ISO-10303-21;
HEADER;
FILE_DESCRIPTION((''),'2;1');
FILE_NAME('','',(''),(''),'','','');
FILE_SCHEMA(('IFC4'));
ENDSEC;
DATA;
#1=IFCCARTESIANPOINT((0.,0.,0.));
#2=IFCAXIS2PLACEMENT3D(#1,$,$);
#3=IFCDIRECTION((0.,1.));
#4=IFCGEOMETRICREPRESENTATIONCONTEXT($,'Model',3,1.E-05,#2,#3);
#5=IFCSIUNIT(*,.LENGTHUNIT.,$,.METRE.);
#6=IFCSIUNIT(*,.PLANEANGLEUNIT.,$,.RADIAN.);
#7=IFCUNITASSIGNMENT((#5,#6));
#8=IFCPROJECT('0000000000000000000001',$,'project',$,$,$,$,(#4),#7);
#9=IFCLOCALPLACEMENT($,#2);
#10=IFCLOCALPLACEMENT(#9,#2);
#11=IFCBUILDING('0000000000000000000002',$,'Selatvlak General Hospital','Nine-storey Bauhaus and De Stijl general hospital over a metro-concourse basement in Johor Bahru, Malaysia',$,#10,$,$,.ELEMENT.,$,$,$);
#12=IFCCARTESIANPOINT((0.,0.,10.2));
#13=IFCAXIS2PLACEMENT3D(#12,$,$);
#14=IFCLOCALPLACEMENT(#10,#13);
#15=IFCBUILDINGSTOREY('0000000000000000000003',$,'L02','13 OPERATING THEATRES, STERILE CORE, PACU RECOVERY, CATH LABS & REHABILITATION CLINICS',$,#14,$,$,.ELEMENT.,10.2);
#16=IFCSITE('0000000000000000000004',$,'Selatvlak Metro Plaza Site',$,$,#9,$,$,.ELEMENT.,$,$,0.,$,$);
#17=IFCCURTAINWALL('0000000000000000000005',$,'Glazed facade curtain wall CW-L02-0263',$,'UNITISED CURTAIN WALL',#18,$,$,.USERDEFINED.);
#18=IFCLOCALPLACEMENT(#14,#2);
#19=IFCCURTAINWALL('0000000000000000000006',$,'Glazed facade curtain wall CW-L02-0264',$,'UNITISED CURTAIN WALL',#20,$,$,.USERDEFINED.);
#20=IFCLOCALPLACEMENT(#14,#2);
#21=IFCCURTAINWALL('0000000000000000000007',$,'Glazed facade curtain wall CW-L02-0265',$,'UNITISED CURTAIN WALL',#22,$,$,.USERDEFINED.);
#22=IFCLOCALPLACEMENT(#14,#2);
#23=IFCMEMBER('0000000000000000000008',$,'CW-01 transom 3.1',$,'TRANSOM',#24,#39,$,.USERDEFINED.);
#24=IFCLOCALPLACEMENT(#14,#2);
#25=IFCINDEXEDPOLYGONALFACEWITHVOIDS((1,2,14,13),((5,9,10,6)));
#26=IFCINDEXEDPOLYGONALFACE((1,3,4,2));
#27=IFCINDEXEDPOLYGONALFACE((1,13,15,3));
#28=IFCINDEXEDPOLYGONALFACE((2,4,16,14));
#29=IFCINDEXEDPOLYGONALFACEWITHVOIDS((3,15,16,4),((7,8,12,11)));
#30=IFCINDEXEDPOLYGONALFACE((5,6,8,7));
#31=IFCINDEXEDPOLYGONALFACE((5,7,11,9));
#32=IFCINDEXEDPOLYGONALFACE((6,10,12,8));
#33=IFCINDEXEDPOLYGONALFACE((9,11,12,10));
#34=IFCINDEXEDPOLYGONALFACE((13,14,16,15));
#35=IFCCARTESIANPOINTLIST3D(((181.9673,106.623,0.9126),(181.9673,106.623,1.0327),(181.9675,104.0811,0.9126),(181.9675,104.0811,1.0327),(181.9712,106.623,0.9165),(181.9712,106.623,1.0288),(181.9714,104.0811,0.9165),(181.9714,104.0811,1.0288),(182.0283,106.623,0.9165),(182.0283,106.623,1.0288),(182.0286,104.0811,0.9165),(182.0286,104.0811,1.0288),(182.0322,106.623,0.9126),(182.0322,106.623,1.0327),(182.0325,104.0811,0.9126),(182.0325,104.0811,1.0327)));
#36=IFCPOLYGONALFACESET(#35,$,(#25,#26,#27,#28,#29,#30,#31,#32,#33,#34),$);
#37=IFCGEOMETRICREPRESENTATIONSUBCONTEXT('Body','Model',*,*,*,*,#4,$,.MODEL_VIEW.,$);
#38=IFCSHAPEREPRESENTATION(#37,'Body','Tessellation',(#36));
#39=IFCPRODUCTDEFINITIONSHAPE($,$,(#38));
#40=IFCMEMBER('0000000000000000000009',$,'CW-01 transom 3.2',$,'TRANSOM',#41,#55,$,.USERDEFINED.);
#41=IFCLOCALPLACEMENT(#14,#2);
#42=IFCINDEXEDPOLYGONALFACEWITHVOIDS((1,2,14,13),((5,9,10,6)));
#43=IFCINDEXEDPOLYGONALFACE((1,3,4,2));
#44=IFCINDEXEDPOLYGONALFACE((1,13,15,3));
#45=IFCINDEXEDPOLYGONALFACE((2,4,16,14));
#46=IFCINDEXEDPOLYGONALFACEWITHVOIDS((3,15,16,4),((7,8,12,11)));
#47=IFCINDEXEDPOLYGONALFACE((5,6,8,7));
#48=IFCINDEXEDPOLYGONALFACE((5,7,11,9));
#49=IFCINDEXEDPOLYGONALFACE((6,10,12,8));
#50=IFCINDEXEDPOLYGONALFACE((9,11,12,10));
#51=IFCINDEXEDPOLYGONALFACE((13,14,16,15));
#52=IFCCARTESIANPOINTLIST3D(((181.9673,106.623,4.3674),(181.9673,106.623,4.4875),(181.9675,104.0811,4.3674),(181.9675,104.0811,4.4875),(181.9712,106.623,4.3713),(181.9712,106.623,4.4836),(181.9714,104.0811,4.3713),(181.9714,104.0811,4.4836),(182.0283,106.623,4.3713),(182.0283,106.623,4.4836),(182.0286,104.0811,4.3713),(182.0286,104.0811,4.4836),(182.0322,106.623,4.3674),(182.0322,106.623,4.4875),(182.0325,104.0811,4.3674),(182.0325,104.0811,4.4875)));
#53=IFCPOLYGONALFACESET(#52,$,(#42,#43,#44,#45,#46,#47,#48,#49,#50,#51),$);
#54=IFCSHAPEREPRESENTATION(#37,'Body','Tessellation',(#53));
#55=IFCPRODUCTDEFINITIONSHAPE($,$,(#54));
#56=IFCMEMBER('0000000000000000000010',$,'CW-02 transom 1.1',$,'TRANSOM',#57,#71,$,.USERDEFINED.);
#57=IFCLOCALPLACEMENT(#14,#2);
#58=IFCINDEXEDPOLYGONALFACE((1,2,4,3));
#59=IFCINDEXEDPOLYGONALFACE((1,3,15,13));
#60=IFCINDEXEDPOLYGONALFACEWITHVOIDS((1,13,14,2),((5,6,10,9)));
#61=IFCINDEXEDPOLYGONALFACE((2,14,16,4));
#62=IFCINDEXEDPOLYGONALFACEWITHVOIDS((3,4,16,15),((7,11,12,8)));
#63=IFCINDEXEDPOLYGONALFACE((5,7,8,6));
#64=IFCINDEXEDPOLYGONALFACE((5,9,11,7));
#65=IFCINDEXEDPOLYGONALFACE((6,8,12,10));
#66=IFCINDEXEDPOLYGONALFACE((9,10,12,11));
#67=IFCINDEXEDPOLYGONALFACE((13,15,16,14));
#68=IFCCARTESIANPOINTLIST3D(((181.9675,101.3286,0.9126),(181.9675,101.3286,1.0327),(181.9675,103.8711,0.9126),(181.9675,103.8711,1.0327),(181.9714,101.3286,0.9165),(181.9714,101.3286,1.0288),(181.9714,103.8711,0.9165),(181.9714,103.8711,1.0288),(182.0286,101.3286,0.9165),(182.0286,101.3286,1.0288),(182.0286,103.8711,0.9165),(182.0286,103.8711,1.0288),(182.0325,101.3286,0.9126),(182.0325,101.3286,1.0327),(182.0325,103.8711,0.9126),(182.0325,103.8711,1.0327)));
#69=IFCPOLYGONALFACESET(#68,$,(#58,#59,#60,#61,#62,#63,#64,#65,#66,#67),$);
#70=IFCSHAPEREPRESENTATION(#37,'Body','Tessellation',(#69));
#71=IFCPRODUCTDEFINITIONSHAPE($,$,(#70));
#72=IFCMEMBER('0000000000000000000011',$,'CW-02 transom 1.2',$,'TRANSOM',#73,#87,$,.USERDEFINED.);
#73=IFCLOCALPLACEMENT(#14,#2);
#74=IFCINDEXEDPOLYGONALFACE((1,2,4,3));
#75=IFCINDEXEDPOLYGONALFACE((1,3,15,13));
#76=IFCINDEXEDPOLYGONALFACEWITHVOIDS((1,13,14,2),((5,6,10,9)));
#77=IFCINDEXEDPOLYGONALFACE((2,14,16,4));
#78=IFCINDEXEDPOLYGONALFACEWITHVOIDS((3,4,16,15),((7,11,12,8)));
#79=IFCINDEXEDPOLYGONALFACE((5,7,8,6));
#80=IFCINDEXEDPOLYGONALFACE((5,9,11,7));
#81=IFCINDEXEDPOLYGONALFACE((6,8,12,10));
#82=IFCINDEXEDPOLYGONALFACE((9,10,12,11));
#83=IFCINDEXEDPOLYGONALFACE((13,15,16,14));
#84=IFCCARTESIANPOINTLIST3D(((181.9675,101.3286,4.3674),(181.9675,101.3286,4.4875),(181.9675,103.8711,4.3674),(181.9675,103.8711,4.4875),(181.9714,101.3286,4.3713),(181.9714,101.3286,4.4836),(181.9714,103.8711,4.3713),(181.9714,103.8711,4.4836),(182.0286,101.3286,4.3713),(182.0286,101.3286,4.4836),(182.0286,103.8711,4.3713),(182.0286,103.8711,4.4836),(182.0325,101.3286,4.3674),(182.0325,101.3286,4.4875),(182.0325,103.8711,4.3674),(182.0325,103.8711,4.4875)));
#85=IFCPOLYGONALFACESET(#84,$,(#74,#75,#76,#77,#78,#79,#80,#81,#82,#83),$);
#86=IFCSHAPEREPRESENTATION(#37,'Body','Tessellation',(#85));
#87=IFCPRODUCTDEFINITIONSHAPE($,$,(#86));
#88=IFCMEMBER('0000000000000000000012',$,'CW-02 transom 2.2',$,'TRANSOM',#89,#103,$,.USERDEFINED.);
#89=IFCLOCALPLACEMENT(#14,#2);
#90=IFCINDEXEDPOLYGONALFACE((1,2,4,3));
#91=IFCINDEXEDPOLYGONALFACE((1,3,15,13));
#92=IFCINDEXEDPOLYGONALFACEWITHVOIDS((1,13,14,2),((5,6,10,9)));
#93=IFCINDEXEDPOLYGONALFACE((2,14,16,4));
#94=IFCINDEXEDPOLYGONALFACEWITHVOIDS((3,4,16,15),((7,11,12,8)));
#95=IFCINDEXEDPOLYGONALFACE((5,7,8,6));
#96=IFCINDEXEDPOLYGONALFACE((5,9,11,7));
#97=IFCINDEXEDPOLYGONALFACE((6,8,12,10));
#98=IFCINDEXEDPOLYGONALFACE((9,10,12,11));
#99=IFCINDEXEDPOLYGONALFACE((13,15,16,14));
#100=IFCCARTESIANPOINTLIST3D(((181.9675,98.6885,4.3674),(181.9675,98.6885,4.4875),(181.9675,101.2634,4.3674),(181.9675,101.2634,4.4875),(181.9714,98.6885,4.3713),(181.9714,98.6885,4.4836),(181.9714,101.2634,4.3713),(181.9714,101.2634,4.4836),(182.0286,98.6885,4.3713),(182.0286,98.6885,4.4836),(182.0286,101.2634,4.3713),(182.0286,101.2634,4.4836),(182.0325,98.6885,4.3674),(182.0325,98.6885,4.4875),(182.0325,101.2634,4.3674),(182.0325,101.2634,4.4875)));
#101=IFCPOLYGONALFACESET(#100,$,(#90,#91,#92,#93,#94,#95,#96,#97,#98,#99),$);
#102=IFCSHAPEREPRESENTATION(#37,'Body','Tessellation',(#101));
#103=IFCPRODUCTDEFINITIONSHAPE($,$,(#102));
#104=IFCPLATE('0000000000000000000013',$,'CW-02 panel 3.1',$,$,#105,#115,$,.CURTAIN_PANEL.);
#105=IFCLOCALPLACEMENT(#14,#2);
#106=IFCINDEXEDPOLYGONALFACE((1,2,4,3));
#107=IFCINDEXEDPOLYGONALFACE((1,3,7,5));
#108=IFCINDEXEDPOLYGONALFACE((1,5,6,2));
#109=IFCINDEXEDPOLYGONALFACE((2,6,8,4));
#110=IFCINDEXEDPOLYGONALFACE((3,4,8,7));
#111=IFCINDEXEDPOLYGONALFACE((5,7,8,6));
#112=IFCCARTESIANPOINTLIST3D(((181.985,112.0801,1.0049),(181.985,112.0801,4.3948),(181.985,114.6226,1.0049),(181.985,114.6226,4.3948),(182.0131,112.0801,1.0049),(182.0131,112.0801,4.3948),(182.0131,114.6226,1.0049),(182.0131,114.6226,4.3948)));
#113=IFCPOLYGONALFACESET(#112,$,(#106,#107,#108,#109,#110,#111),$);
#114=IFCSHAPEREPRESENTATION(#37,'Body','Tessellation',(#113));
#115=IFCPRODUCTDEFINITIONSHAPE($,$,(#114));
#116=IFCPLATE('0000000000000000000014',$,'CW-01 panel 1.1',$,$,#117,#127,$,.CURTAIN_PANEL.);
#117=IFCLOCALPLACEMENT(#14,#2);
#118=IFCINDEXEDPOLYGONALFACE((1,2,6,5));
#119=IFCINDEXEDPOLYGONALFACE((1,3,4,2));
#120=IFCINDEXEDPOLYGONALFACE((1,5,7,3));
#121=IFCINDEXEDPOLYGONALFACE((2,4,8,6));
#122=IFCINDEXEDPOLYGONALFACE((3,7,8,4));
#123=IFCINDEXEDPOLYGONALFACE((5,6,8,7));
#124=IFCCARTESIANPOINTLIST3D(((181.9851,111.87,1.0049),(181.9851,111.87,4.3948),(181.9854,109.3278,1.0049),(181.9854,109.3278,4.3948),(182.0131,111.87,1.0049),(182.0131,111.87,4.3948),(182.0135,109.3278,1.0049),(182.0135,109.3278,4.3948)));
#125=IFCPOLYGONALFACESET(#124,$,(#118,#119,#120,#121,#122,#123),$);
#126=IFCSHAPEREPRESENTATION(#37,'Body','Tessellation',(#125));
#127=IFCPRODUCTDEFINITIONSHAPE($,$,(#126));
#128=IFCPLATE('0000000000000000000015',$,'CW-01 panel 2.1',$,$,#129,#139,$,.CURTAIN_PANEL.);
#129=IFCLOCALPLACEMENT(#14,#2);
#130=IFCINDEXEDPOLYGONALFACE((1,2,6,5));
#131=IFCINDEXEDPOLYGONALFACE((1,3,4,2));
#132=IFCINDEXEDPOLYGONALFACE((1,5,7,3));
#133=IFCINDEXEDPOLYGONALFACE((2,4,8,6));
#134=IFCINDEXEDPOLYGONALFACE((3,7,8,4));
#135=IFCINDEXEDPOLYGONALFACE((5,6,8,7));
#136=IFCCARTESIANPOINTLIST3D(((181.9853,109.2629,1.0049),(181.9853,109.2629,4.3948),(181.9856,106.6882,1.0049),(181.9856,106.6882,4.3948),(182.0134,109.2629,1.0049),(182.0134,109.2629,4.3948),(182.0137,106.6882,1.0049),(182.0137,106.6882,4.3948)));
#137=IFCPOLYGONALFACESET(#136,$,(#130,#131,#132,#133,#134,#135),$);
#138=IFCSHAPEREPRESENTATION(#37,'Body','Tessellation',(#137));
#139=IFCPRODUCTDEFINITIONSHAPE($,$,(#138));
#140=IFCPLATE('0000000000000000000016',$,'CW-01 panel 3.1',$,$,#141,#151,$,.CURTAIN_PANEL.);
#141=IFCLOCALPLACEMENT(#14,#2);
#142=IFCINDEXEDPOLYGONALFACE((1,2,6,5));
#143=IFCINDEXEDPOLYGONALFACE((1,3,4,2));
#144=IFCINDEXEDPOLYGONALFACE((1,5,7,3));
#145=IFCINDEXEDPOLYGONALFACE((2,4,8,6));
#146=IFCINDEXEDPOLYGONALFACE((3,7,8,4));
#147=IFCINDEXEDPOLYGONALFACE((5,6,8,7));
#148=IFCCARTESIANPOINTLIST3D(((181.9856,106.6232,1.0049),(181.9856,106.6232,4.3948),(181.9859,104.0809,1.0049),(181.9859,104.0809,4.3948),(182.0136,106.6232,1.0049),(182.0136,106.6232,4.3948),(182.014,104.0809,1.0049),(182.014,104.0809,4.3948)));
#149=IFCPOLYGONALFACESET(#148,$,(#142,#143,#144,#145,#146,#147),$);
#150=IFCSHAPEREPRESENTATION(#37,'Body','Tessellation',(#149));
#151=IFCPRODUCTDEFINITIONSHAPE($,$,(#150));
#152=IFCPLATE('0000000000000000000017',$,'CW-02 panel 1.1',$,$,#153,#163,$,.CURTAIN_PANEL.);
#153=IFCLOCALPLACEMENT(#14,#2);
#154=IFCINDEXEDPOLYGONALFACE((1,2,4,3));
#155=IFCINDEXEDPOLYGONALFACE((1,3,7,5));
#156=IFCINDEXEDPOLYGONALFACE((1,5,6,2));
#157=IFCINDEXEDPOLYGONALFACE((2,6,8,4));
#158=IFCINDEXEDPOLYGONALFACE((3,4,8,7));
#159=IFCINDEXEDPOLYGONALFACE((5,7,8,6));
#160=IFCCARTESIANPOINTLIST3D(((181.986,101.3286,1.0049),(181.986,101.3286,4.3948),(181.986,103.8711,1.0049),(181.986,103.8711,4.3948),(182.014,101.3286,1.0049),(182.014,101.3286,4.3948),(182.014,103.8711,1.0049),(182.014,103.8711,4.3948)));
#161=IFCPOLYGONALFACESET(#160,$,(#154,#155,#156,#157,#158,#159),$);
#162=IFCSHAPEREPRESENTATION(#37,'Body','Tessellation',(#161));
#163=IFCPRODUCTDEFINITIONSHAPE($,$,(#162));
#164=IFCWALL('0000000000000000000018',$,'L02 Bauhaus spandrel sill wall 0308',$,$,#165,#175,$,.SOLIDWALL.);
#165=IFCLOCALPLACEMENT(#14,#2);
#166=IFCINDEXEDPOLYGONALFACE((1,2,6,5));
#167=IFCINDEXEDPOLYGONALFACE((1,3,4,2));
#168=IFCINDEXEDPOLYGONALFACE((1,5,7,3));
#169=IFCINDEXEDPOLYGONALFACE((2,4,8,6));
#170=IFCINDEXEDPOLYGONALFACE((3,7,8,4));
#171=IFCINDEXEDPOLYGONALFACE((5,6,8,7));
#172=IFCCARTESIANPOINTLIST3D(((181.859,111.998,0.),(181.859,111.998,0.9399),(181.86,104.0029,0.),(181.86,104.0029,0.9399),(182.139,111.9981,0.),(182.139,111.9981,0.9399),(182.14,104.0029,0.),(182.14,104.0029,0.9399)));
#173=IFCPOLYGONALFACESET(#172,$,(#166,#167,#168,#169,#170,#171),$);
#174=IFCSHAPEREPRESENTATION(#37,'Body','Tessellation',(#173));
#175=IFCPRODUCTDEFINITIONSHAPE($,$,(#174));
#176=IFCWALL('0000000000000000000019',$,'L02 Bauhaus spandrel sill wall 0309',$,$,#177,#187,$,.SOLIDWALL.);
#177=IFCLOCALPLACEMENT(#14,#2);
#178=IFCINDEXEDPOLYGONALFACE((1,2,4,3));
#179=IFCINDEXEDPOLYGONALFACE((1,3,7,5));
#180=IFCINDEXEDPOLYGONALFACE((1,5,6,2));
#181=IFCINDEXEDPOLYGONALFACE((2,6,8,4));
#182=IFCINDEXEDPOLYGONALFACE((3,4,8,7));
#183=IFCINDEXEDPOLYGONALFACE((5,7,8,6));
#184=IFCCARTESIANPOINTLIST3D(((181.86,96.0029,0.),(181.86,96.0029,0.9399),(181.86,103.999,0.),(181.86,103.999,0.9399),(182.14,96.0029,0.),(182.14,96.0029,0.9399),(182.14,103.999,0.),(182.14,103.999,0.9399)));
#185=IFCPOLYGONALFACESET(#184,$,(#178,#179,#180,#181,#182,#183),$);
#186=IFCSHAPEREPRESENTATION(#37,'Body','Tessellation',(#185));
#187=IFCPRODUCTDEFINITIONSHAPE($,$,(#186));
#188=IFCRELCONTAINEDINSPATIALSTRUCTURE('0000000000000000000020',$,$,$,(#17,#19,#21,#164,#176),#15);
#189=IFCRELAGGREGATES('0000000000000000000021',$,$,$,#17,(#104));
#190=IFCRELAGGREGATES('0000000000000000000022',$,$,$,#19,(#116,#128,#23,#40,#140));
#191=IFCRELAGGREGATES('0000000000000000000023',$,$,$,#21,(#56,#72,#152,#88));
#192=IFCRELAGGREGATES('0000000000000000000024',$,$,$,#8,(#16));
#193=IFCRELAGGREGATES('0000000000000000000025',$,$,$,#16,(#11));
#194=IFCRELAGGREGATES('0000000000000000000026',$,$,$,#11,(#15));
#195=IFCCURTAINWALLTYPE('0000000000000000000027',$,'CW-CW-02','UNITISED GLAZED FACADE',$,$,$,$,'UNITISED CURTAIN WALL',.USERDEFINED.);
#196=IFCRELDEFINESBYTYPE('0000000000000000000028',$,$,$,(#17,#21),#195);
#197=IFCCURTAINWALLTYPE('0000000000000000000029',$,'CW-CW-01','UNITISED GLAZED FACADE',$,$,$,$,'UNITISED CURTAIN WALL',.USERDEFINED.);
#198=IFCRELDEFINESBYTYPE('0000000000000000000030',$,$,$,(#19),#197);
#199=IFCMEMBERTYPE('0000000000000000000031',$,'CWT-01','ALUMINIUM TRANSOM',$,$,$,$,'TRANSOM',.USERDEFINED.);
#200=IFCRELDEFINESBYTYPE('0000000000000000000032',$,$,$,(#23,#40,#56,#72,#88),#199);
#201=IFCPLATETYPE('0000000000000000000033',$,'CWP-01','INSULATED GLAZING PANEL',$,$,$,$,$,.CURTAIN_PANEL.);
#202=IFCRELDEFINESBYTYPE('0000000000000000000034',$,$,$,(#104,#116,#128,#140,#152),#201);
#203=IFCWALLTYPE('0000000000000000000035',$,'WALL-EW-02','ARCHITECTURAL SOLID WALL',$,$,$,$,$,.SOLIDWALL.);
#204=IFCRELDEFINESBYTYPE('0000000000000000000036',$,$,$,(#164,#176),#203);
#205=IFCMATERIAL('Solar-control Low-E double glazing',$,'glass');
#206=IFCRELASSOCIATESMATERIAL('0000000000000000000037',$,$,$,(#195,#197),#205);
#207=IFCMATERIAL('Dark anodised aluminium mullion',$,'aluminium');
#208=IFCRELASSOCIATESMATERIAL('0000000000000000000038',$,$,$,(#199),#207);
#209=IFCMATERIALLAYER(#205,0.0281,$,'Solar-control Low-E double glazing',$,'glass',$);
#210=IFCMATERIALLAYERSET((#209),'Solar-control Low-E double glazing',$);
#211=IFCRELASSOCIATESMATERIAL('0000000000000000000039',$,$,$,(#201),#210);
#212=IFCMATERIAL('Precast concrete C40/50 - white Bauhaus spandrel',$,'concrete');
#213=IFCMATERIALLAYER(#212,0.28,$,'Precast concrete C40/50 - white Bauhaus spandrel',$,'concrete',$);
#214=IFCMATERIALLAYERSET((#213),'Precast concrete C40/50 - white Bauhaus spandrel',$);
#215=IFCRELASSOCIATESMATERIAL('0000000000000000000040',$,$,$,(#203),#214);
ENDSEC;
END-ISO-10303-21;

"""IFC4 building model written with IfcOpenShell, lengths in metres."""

from ifc_helpers import new_model, si_unit, direction, frame, frame_2d, origin, origin_2d, place, context, subcontext, project, spatial, rectangle, hollow_rectangle, extrude, material, layer, layer_set, material_profile, profile_set, type_object, element, aggregate, save


model = new_model("IFC4")

# Units and contexts
model_context = context("Model", 3, precision=1e-05, world=origin(), true_north=direction((0.0, 1.0)))
body_context = subcontext(model_context, "Body", "Model", "MODEL_VIEW")
ifc_project = project(units=[si_unit("LENGTHUNIT", "METRE"), si_unit("PLANEANGLEUNIT", "RADIAN")], contexts=[model_context])

# Site, building, storey
site_placement = place(None, origin())
site = spatial("IfcSite", under=ifc_project, at=site_placement, Name="Selatvlak Metro Plaza Site", CompositionType="ELEMENT", RefElevation=0.0)
building_placement = place(site_placement, origin())
building = spatial("IfcBuilding", under=site, at=building_placement, Name="Selatvlak General Hospital", Description="Nine-storey Bauhaus and De Stijl general hospital over a metro-concourse basement in Johor Bahru, Malaysia", CompositionType="ELEMENT")
storey_placement = place(building_placement, frame((0.0, 0.0, 10.2)))
storey = spatial("IfcBuildingStorey", under=building, at=storey_placement, Name="L02", Description="13 OPERATING THEATRES, STERILE CORE, PACU RECOVERY, CATH LABS & REHABILITATION CLINICS", CompositionType="ELEMENT", Elevation=10.2)

# Curtain wall
ifc_material_1 = material(Name="Solar-control Low-E double glazing", Category="glass")
curtain_wall_type_1 = type_object("IfcCurtainWallType", Name="CW-CW-02", Description="UNITISED GLAZED FACADE", ElementType="UNITISED CURTAIN WALL", PredefinedType="USERDEFINED", material=ifc_material_1)
curtain_wall_1_placement = place(storey_placement, origin())
curtain_wall_1 = element("IfcCurtainWall", 1, at=curtain_wall_1_placement, inside=storey, type_object=curtain_wall_type_1, Name="Glazed facade curtain wall CW-L02-0263", ObjectType="UNITISED CURTAIN WALL", PredefinedType="USERDEFINED")
ifc_material_2 = material(Name="Dark anodised aluminium mullion", Category="aluminium")

# Curtain walls
curtain_wall_type_2 = type_object("IfcCurtainWallType", Name="CW-CW-01", Description="UNITISED GLAZED FACADE", ElementType="UNITISED CURTAIN WALL", PredefinedType="USERDEFINED", material=ifc_material_1)
curtain_wall_2_placement = place(storey_placement, origin())
curtain_wall_2 = element("IfcCurtainWall", 2, at=curtain_wall_2_placement, inside=storey, type_object=curtain_wall_type_2, Name="Glazed facade curtain wall CW-L02-0264", ObjectType="UNITISED CURTAIN WALL", PredefinedType="USERDEFINED")
curtain_wall_3_placement = place(storey_placement, origin())
curtain_wall_3 = element("IfcCurtainWall", 3, at=curtain_wall_3_placement, inside=storey, type_object=curtain_wall_type_1, Name="Glazed facade curtain wall CW-L02-0265", ObjectType="UNITISED CURTAIN WALL", PredefinedType="USERDEFINED")

# Members
ifc_material_profile_1 = material_profile(ifc_material_2, hollow_rectangle(XDim=0.0649, YDim=0.1201, WallThickness=0.0039, at=origin_2d()), Name="AL-TRN 65x120x4")
ifc_profile_set_1 = profile_set([ifc_material_profile_1], Name="Dark anodised aluminium mullion")
member_type_1 = type_object("IfcMemberType", Name="CWT-01", Description="ALUMINIUM TRANSOM", ElementType="TRANSOM", PredefinedType="USERDEFINED", material=ifc_profile_set_1)
member_1_placement = place(storey_placement, frame((181.9998, 106.623, 0.9727), z_axis=(0.000096, -1.0, 0.0), x_axis=(1.0, 0.000096, 0.0)))
member_1 = element("IfcMember", 4, at=member_1_placement, type_object=member_type_1, Name="CW-01 transom 3.1", ObjectType="TRANSOM", PredefinedType="USERDEFINED", context=body_context, shape_type="SweptSolid", body=[
    extrude(hollow_rectangle(XDim=0.0649, YDim=0.1201, WallThickness=0.0039, at=origin_2d()), origin(), (0.0, 0.0, 1.0), 2.542),
])
member_2_placement = place(storey_placement, frame((181.9998, 106.623, 4.4275), z_axis=(0.000096, -1.0, 0.0), x_axis=(1.0, 0.000096, 0.0)))
member_2 = element("IfcMember", 5, at=member_2_placement, type_object=member_type_1, Name="CW-01 transom 3.2", ObjectType="TRANSOM", PredefinedType="USERDEFINED", context=body_context, shape_type="SweptSolid", body=[
    extrude(hollow_rectangle(XDim=0.0649, YDim=0.1201, WallThickness=0.0039, at=origin_2d()), origin(), (0.0, 0.0, 1.0), 2.542),
])
member_3_placement = place(storey_placement, frame((182.0, 103.8711, 0.9727), z_axis=(0.0, -1.0, 0.0), x_axis=(1.0, 0.0, 0.0)))
member_3 = element("IfcMember", 6, at=member_3_placement, type_object=member_type_1, Name="CW-02 transom 1.1", ObjectType="TRANSOM", PredefinedType="USERDEFINED", context=body_context, shape_type="SweptSolid", body=[
    extrude(hollow_rectangle(XDim=0.0649, YDim=0.1201, WallThickness=0.0039, at=origin_2d()), origin(), (0.0, 0.0, 1.0), 2.5425),
])
member_4_placement = place(storey_placement, frame((182.0, 103.8711, 4.4275), z_axis=(0.0, -1.0, 0.0), x_axis=(1.0, 0.0, 0.0)))
member_4 = element("IfcMember", 7, at=member_4_placement, type_object=member_type_1, Name="CW-02 transom 1.2", ObjectType="TRANSOM", PredefinedType="USERDEFINED", context=body_context, shape_type="SweptSolid", body=[
    extrude(hollow_rectangle(XDim=0.0649, YDim=0.1201, WallThickness=0.0039, at=origin_2d()), origin(), (0.0, 0.0, 1.0), 2.5425),
])
member_5_placement = place(storey_placement, frame((182.0, 101.2634, 4.4275), z_axis=(0.0, -1.0, 0.0), x_axis=(1.0, 0.0, 0.0)))
member_5 = element("IfcMember", 8, at=member_5_placement, type_object=member_type_1, Name="CW-02 transom 2.2", ObjectType="TRANSOM", PredefinedType="USERDEFINED", context=body_context, shape_type="SweptSolid", body=[
    extrude(hollow_rectangle(XDim=0.0649, YDim=0.1201, WallThickness=0.0039, at=origin_2d()), origin(), (0.0, 0.0, 1.0), 2.575),
])

# Plates
ifc_layer_1 = layer(ifc_material_1, 0.0281, Name="Solar-control Low-E double glazing", Category="glass")
ifc_layer_set_1 = layer_set([ifc_layer_1], Name="Solar-control Low-E double glazing")
plate_type = type_object("IfcPlateType", Name="CWP-01", Description="INSULATED GLAZING PANEL", PredefinedType="CURTAIN_PANEL", material=ifc_layer_set_1)
plate_1_placement = place(storey_placement, frame((181.999, 113.3513, 1.0049), z_axis=(0.0, 0.0, 1.0), x_axis=(0.0, -1.0, 0.0)))
plate_1 = element("IfcPlate", 9, at=plate_1_placement, type_object=plate_type, Name="CW-02 panel 3.1", PredefinedType="CURTAIN_PANEL", context=body_context, shape_type="SweptSolid", body=[
    extrude(rectangle(XDim=2.5425, YDim=0.0281, at=origin_2d()), origin(), (0.0, 0.0, 1.0), 3.3899),
])
aggregate(curtain_wall_1, [plate_1])
plate_2_placement = place(storey_placement, frame((181.9993, 110.5989, 1.0049), z_axis=(0.0, 0.0, 1.0), x_axis=(0.000126, -1.0, 0.0)))
plate_2 = element("IfcPlate", 10, at=plate_2_placement, type_object=plate_type, Name="CW-01 panel 1.1", PredefinedType="CURTAIN_PANEL", context=body_context, shape_type="SweptSolid", body=[
    extrude(rectangle(XDim=2.5422, YDim=0.0281, at=origin_2d()), origin(), (0.0, 0.0, 1.0), 3.3899),
])
plate_3_placement = place(storey_placement, frame((181.9995, 107.9756, 1.0049), z_axis=(0.0, 0.0, 1.0), x_axis=(0.000126, -1.0, 0.0)))
plate_3 = element("IfcPlate", 11, at=plate_3_placement, type_object=plate_type, Name="CW-01 panel 2.1", PredefinedType="CURTAIN_PANEL", context=body_context, shape_type="SweptSolid", body=[
    extrude(rectangle(XDim=2.5747, YDim=0.0281, at=origin_2d()), origin(), (0.0, 0.0, 1.0), 3.3899),
])
plate_4_placement = place(storey_placement, frame((181.9998, 105.3521, 1.0049), z_axis=(0.0, 0.0, 1.0), x_axis=(0.000126, -1.0, 0.0)))
plate_4 = element("IfcPlate", 12, at=plate_4_placement, type_object=plate_type, Name="CW-01 panel 3.1", PredefinedType="CURTAIN_PANEL", context=body_context, shape_type="SweptSolid", body=[
    extrude(rectangle(XDim=2.5422, YDim=0.0281, at=origin_2d()), origin(), (0.0, 0.0, 1.0), 3.3899),
])
aggregate(curtain_wall_2, [plate_2, plate_3, member_1, member_2, plate_4])
plate_5_placement = place(storey_placement, frame((182.0, 102.5999, 1.0049), z_axis=(0.0, 0.0, 1.0), x_axis=(0.0, -1.0, 0.0)))
plate_5 = element("IfcPlate", 13, at=plate_5_placement, type_object=plate_type, Name="CW-02 panel 1.1", PredefinedType="CURTAIN_PANEL", context=body_context, shape_type="SweptSolid", body=[
    extrude(rectangle(XDim=2.5425, YDim=0.0281, at=origin_2d()), origin(), (0.0, 0.0, 1.0), 3.3899),
])
aggregate(curtain_wall_3, [member_3, member_4, plate_5, member_5])

# Walls
ifc_material_3 = material(Name="Precast concrete C40/50 - white Bauhaus spandrel", Category="concrete")
ifc_layer_2 = layer(ifc_material_3, 0.28, Name="Precast concrete C40/50 - white Bauhaus spandrel", Category="concrete")
ifc_layer_set_2 = layer_set([ifc_layer_2], Name="Precast concrete C40/50 - white Bauhaus spandrel")
wall_type = type_object("IfcWallType", Name="WALL-EW-02", Description="ARCHITECTURAL SOLID WALL", PredefinedType="SOLIDWALL", material=ifc_layer_set_2)
wall_1_placement = place(storey_placement, frame((181.999, 111.998, 0.0), z_axis=(0.0, 0.0, 1.0), x_axis=(0.000122, -1.0, 0.0)))
element("IfcWall", 14, at=wall_1_placement, inside=storey, type_object=wall_type, Name="L02 Bauhaus spandrel sill wall 0308", PredefinedType="SOLIDWALL", context=body_context, shape_type="SweptSolid", body=[
    extrude(rectangle(XDim=7.9951, YDim=0.28, at=frame_2d((3.9976, 0.0))), origin(), (0.0, 0.0, 1.0), 0.9399),
])
wall_2_placement = place(storey_placement, frame((182.0, 103.999, 0.0), z_axis=(0.0, 0.0, 1.0), x_axis=(0.0, -1.0, 0.0)))
element("IfcWall", 15, at=wall_2_placement, inside=storey, type_object=wall_type, Name="L02 Bauhaus spandrel sill wall 0309", PredefinedType="SOLIDWALL", context=body_context, shape_type="SweptSolid", body=[
    extrude(rectangle(XDim=7.9961, YDim=0.28, at=frame_2d((3.998, 0.0))), origin(), (0.0, 0.0, 1.0), 0.9399),
])

save(model, "model.ifc")
